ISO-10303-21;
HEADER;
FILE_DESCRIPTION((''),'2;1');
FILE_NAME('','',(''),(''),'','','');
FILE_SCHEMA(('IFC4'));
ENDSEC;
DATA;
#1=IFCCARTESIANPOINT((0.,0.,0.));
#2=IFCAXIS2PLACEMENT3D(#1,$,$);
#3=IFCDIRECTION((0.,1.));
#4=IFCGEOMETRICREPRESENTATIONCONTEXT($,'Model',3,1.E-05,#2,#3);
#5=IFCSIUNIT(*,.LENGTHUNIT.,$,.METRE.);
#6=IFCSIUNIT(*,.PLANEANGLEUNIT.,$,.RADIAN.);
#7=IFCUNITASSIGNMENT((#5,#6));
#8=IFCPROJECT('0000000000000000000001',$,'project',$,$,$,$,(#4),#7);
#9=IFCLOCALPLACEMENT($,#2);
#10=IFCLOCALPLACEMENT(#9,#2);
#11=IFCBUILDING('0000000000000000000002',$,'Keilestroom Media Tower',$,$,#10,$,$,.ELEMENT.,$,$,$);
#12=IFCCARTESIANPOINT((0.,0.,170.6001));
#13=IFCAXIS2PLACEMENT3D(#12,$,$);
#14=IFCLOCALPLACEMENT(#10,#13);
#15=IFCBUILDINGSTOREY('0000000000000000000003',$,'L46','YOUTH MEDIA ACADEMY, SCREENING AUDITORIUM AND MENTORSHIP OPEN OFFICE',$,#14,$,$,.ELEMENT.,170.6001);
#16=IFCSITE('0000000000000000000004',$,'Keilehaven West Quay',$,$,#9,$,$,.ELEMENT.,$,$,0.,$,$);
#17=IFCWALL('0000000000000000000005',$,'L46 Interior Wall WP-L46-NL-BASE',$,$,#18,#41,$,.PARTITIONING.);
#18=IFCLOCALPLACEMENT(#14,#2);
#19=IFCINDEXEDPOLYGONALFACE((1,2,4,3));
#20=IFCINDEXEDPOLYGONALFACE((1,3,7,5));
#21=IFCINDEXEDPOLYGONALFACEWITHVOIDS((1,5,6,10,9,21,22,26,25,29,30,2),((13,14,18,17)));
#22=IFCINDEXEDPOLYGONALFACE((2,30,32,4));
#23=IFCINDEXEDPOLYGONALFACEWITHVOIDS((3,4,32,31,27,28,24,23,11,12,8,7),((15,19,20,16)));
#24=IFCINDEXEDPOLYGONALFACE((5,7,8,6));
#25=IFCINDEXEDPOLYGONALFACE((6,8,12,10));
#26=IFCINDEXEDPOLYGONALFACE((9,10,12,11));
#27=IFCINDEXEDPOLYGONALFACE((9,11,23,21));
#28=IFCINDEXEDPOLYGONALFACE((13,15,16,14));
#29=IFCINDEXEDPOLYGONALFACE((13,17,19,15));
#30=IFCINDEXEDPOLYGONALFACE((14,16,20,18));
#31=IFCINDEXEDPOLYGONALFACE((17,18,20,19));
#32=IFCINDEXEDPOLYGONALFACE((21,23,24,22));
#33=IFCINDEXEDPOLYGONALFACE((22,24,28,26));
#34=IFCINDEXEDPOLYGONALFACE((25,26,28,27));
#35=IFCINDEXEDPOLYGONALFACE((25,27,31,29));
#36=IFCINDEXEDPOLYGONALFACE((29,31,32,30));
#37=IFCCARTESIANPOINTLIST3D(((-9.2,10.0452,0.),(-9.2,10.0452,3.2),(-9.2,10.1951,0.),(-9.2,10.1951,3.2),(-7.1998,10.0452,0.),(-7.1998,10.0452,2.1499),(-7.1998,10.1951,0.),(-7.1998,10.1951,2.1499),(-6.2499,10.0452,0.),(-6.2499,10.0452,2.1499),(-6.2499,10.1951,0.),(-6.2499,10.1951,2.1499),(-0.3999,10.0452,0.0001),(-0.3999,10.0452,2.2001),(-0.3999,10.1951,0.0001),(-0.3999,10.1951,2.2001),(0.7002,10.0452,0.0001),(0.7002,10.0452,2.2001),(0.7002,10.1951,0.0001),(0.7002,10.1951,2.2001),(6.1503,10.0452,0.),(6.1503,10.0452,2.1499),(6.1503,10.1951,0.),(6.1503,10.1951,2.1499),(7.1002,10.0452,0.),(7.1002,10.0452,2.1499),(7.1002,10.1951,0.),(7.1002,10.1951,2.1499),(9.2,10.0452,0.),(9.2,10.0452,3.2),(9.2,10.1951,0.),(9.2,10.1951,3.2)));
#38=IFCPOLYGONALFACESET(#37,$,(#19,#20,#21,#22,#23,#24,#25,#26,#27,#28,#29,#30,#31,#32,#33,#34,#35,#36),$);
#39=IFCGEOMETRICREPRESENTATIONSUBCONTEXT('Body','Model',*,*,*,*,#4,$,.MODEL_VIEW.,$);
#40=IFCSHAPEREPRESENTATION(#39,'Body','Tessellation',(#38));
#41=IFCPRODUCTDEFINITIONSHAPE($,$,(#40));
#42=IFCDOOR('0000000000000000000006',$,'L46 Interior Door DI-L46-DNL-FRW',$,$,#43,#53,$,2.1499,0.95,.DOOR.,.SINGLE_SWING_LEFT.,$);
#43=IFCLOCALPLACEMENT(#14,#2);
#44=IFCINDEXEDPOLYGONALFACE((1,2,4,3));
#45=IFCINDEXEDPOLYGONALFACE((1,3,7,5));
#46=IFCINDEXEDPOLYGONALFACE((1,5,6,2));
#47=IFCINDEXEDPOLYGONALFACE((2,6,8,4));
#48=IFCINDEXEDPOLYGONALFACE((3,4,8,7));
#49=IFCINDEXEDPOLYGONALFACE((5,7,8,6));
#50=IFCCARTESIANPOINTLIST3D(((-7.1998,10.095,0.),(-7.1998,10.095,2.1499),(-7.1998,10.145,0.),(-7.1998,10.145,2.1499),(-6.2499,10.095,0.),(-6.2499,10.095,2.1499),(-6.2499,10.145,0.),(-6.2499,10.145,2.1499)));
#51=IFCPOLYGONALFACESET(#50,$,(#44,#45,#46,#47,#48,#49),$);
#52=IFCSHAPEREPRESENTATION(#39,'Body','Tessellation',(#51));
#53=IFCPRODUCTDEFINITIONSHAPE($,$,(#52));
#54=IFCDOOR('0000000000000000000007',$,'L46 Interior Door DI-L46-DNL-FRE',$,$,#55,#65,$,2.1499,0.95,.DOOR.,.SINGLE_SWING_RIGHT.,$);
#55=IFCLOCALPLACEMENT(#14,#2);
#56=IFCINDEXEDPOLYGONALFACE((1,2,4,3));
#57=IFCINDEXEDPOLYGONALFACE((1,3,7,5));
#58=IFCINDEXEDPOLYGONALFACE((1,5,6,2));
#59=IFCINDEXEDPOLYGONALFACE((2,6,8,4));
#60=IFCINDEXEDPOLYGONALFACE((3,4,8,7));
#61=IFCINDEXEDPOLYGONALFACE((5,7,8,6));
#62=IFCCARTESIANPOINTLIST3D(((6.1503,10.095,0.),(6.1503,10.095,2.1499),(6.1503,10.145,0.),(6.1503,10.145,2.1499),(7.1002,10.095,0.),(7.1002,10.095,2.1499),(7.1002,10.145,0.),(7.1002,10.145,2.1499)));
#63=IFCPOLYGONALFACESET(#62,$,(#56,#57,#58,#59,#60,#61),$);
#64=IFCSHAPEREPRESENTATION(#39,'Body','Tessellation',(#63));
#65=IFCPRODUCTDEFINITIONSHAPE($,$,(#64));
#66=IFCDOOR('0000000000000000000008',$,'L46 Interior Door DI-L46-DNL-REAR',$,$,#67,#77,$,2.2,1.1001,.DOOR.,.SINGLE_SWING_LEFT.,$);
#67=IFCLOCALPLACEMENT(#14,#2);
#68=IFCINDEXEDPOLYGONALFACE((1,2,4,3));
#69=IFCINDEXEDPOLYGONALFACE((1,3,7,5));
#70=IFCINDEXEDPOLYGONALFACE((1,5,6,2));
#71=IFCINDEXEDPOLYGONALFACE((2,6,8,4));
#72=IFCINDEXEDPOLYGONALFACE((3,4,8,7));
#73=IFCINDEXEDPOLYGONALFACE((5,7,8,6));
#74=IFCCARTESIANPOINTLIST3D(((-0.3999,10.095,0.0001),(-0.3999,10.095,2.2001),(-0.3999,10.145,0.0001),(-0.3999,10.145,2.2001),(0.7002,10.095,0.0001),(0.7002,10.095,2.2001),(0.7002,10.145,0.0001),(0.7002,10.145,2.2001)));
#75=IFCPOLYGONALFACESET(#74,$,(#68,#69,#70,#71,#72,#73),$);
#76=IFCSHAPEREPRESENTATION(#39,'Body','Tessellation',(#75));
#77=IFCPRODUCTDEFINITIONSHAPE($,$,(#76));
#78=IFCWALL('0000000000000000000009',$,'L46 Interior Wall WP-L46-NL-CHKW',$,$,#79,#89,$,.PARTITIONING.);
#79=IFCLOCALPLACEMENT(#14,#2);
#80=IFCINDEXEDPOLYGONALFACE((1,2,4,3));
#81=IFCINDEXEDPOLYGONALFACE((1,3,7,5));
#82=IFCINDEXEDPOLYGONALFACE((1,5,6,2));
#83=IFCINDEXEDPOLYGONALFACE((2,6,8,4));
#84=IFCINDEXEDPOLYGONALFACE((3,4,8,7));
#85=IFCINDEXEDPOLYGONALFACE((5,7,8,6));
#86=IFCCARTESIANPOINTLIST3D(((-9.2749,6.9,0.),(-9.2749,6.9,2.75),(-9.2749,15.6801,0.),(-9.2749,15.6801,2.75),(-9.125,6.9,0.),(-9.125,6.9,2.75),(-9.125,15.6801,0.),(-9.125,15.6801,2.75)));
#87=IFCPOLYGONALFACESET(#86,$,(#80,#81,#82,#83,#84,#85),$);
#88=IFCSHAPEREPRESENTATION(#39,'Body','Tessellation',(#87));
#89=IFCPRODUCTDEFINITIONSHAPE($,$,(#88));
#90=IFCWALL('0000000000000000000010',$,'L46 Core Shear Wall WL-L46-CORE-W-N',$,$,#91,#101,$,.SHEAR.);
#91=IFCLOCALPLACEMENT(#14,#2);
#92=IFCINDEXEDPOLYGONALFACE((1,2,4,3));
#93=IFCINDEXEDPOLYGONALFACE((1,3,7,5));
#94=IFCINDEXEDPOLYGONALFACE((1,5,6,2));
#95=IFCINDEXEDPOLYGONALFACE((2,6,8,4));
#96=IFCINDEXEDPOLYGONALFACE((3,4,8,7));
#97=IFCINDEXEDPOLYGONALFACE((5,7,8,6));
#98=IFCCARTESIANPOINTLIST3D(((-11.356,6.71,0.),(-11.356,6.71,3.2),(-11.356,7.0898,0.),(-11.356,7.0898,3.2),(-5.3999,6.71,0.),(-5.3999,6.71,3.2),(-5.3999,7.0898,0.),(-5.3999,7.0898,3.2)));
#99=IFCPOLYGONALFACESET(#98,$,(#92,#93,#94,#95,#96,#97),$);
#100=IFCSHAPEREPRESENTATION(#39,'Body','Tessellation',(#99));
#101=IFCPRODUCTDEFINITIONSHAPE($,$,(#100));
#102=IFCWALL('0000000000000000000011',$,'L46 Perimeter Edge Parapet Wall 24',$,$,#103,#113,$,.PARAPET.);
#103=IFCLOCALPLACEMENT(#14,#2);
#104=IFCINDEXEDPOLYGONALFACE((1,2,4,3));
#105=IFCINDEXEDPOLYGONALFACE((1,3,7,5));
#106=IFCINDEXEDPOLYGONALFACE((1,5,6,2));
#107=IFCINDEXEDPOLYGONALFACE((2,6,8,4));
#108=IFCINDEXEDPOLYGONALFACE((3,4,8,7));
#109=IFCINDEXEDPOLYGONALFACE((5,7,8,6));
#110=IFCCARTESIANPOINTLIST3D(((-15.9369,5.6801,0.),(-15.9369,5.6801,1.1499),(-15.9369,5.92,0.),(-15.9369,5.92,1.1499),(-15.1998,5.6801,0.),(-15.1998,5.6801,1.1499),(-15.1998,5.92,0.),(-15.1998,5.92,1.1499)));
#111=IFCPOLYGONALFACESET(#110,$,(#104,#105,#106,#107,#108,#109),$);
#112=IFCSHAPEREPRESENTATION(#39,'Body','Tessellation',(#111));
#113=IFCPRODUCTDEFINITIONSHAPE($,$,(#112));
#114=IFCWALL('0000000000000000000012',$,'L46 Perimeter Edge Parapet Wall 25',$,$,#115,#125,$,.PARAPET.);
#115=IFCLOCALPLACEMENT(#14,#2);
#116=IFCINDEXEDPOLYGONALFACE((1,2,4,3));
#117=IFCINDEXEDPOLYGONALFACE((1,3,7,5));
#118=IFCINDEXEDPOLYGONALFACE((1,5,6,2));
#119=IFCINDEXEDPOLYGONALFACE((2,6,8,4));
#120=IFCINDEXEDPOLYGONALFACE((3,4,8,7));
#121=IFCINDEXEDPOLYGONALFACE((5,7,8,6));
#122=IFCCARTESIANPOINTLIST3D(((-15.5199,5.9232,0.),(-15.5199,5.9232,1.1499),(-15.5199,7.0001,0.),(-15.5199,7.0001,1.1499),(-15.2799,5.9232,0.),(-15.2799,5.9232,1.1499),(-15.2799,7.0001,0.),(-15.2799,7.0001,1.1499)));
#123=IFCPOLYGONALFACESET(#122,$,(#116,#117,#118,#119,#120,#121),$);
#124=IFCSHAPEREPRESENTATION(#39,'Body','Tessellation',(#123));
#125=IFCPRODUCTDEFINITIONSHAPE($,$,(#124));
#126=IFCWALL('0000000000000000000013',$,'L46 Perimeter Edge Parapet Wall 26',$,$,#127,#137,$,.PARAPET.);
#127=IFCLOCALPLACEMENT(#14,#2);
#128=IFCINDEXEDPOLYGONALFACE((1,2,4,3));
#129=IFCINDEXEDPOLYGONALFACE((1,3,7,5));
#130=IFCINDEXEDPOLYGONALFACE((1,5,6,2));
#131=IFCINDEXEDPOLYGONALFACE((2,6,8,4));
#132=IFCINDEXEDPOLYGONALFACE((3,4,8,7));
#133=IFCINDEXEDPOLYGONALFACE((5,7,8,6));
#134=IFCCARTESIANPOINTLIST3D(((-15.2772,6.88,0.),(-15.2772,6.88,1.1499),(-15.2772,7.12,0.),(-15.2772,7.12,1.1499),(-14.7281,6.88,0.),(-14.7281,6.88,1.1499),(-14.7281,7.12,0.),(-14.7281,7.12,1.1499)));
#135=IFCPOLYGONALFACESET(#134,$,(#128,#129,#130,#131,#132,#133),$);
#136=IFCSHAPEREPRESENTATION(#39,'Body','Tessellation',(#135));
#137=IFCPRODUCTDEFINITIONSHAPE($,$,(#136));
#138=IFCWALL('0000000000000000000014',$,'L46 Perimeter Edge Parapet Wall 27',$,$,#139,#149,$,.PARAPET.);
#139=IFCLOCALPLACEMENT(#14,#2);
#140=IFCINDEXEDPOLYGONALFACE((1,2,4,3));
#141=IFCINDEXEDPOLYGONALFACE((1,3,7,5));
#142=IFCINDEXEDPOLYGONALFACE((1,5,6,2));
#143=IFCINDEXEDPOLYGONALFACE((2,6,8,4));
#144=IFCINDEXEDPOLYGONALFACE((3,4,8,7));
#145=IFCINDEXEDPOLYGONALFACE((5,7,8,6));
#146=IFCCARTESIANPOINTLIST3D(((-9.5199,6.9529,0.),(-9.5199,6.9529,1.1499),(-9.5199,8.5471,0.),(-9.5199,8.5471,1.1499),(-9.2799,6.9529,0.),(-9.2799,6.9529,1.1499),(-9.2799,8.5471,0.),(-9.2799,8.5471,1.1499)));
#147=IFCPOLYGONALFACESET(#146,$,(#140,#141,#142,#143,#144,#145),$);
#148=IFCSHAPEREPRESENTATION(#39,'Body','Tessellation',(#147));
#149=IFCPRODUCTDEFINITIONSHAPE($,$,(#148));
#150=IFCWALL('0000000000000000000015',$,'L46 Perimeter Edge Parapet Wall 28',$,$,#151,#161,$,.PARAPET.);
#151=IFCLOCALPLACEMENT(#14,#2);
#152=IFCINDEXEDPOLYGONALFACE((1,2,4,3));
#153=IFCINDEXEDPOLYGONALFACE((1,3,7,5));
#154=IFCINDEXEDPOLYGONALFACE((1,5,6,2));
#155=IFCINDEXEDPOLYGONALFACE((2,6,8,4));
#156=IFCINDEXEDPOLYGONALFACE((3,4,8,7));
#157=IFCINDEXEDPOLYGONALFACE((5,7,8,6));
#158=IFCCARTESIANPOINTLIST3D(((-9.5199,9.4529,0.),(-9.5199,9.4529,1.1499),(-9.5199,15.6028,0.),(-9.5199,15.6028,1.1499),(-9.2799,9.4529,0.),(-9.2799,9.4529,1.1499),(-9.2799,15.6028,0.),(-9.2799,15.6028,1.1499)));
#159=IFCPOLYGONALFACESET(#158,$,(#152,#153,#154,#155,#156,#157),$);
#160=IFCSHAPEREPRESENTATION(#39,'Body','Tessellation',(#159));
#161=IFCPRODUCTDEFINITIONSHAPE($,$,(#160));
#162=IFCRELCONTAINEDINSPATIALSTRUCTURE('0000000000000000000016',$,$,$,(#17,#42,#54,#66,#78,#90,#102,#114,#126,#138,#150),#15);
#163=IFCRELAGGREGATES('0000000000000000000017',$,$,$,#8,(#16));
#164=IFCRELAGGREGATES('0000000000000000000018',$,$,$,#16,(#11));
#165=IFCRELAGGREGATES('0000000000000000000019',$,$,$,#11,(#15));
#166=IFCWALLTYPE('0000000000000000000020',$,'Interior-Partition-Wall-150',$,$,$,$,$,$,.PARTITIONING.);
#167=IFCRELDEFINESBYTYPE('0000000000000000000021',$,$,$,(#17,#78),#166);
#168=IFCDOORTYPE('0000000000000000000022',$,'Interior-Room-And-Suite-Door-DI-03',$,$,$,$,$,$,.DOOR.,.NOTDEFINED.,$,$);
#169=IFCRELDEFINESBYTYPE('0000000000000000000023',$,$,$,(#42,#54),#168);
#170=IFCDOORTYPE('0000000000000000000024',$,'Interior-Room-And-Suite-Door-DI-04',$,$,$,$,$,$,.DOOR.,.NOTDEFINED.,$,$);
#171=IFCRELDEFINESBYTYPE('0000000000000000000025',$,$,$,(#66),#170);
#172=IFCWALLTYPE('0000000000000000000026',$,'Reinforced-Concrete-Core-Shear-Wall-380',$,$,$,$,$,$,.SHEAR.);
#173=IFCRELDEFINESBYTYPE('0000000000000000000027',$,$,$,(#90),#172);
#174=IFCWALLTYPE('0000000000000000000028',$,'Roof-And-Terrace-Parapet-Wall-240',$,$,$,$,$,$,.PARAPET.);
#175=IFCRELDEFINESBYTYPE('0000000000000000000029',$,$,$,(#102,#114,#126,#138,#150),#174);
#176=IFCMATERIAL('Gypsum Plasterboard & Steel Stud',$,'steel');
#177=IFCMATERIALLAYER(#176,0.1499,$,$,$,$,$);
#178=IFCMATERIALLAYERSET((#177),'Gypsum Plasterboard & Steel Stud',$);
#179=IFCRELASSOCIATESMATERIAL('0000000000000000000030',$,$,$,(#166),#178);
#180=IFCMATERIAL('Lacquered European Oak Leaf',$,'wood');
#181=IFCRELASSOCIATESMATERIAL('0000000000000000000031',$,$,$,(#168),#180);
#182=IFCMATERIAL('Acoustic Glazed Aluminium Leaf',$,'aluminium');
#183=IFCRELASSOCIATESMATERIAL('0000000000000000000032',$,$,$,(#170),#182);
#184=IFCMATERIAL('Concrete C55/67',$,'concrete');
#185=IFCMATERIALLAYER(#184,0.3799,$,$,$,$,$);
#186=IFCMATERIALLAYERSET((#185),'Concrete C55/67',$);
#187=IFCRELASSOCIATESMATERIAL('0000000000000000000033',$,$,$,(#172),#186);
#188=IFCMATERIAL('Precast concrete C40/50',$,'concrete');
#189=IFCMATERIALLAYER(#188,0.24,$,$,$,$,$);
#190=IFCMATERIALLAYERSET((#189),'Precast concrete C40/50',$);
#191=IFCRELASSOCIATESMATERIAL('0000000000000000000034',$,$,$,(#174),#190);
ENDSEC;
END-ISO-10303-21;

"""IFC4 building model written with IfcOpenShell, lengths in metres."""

from ifc_helpers import new_model, si_unit, direction, frame, frame_2d, origin, place, context, subcontext, project, spatial, rectangle, extrude, source, transform, mapped, material, layer, layer_set, type_object, element, fill, save


model = new_model("IFC4")

# Units and contexts
model_context = context("Model", 3, precision=1e-05, world=origin(), true_north=direction((0.0, 1.0)))
body_context = subcontext(model_context, "Body", "Model", "MODEL_VIEW")
ifc_project = project(units=[si_unit("LENGTHUNIT", "METRE"), si_unit("PLANEANGLEUNIT", "RADIAN")], contexts=[model_context])

# Site, building, storey
site_placement = place(None, origin())
site = spatial("IfcSite", under=ifc_project, at=site_placement, Name="Keilehaven West Quay", CompositionType="ELEMENT", RefElevation=0.0)
building_placement = place(site_placement, origin())
building = spatial("IfcBuilding", under=site, at=building_placement, Name="Keilestroom Media Tower", CompositionType="ELEMENT")
storey_placement = place(building_placement, frame((0.0, 0.0, 170.6001)))
storey = spatial("IfcBuildingStorey", under=building, at=storey_placement, Name="L46", Description="YOUTH MEDIA ACADEMY, SCREENING AUDITORIUM AND MENTORSHIP OPEN OFFICE", CompositionType="ELEMENT", Elevation=170.6001)

# Shared definitions
ifc_material_1 = material(Name="Precast concrete C40/50", Category="concrete")
ifc_material_2 = material(Name="Concrete C55/67", Category="concrete")

# Shared definitions
ifc_material_3 = material(Name="Gypsum Plasterboard & Steel Stud", Category="steel")

# Wall, openings, doors
ifc_layer_1 = layer(ifc_material_3, 0.1499)
ifc_layer_set_1 = layer_set([ifc_layer_1], Name="Gypsum Plasterboard & Steel Stud")
wall_type_1 = type_object("IfcWallType", Name="Interior-Partition-Wall-150", PredefinedType="PARTITIONING", material=ifc_layer_set_1)
wall_1_placement = place(storey_placement, frame((-9.2, 10.1201, 0.0), z_axis=(0.0, 0.0, 1.0), x_axis=(1.0, 0.0, 0.0)))
wall_1 = element("IfcWall", 1, at=wall_1_placement, inside=storey, type_object=wall_type_1, Name="L46 Interior Wall WP-L46-NL-BASE", PredefinedType="PARTITIONING", context=body_context, shape_type="SweptSolid", body=[
    extrude(rectangle(XDim=18.3999, YDim=0.1499, at=frame_2d((9.2, 0.0))), origin(), (0.0, 0.0, 1.0), 3.2),
])
opening_1_placement = place(wall_1_placement, frame((2.0, 0.0, 0.0)))
opening_1 = element("IfcOpeningElement", 2, at=opening_1_placement, cuts=wall_1, PredefinedType="OPENING", context=body_context, shape_type="SweptSolid", body=[
    extrude(rectangle(XDim=0.95, YDim=2.1499, at=frame_2d((0.4751, 1.075))), frame((0.0, 0.085, 0.0), z_axis=(0.0, -1.0, 0.0), x_axis=(1.0, 0.0, 0.0)), (0.0, 0.0, 1.0), 0.1699),
])
opening_2_placement = place(wall_1_placement, frame((15.3501, 0.0, 0.0)))
opening_2 = element("IfcOpeningElement", 3, at=opening_2_placement, cuts=wall_1, PredefinedType="OPENING", context=body_context, shape_type="SweptSolid", body=[
    extrude(rectangle(XDim=0.95, YDim=2.1499, at=frame_2d((0.4751, 1.075))), frame((0.0, 0.085, 0.0), z_axis=(0.0, -1.0, 0.0), x_axis=(1.0, 0.0, 0.0)), (0.0, 0.0, 1.0), 0.1699),
])
opening_3_placement = place(wall_1_placement, frame((8.8, 0.0, 0.0)))
opening_3 = element("IfcOpeningElement", 4, at=opening_3_placement, cuts=wall_1, PredefinedType="OPENING", context=body_context, shape_type="SweptSolid", body=[
    extrude(rectangle(XDim=1.1001, YDim=2.2, at=frame_2d((0.55, 1.1001))), frame((0.0, 0.085, 0.0), z_axis=(0.0, -1.0, 0.0), x_axis=(1.0, 0.0, 0.0)), (0.0, 0.0, 1.0), 0.1699),
])
ifc_material_4 = material(Name="Lacquered European Oak Leaf", Category="wood")
door_type_1 = type_object("IfcDoorType", Name="Interior-Room-And-Suite-Door-DI-03", OperationType="NOTDEFINED", PredefinedType="DOOR", material=ifc_material_4)
shared_shape_1 = source(origin(), body_context, "Body", "SweptSolid", [
    extrude(rectangle(XDim=0.95, YDim=2.1499, at=frame_2d((0.4751, 1.075))), frame((0.0, 0.0249, 0.0), z_axis=(0.0, -1.0, 0.0), x_axis=(1.0, 0.0, 0.0)), (0.0, 0.0, 1.0), 0.05),
])
door_1_placement = place(opening_1_placement, origin())
door_1 = element("IfcDoor", 5, at=door_1_placement, inside=storey, type_object=door_type_1, Name="L46 Interior Door DI-L46-DNL-FRW", OperationType="SINGLE_SWING_LEFT", OverallHeight=2.1499, OverallWidth=0.95, PredefinedType="DOOR", context=body_context, shape_type="MappedRepresentation", body=[
    mapped(shared_shape_1, transform((0.0, 0.0, 0.0), x_axis=(1.0, 0.0, 0.0), y_axis=(0.0, 1.0, 0.0), z_axis=(0.0, 0.0, 1.0), scale=1.0)),
])
fill(opening_1, door_1)
door_2_placement = place(opening_2_placement, origin())
door_2 = element("IfcDoor", 6, at=door_2_placement, inside=storey, type_object=door_type_1, Name="L46 Interior Door DI-L46-DNL-FRE", OperationType="SINGLE_SWING_RIGHT", OverallHeight=2.1499, OverallWidth=0.95, PredefinedType="DOOR", context=body_context, shape_type="MappedRepresentation", body=[
    mapped(shared_shape_1, transform((0.0, 0.0, 0.0), x_axis=(1.0, 0.0, 0.0), y_axis=(0.0, 1.0, 0.0), z_axis=(0.0, 0.0, 1.0), scale=1.0)),
])
fill(opening_2, door_2)
ifc_material_5 = material(Name="Acoustic Glazed Aluminium Leaf", Category="aluminium")
door_type_2 = type_object("IfcDoorType", Name="Interior-Room-And-Suite-Door-DI-04", OperationType="NOTDEFINED", PredefinedType="DOOR", material=ifc_material_5)
shared_shape_2 = source(origin(), body_context, "Body", "SweptSolid", [
    extrude(rectangle(XDim=1.1001, YDim=2.2, at=frame_2d((0.55, 1.1001))), frame((0.0, 0.0249, 0.0), z_axis=(0.0, -1.0, 0.0), x_axis=(1.0, 0.0, 0.0)), (0.0, 0.0, 1.0), 0.05),
])
door_3_placement = place(opening_3_placement, origin())
door_3 = element("IfcDoor", 7, at=door_3_placement, inside=storey, type_object=door_type_2, Name="L46 Interior Door DI-L46-DNL-REAR", OperationType="SINGLE_SWING_LEFT", OverallHeight=2.2, OverallWidth=1.1001, PredefinedType="DOOR", context=body_context, shape_type="MappedRepresentation", body=[
    mapped(shared_shape_2, transform((0.0, 0.0, 0.0), x_axis=(1.0, 0.0, 0.0), y_axis=(0.0, 1.0, 0.0), z_axis=(0.0, 0.0, 1.0), scale=1.0)),
])
fill(opening_3, door_3)

# Walls
wall_2_placement = place(storey_placement, frame((-9.2, 6.8999, 0.0), z_axis=(0.0, 0.0, 1.0), x_axis=(0.0, 1.0, 0.0)))
element("IfcWall", 8, at=wall_2_placement, inside=storey, type_object=wall_type_1, Name="L46 Interior Wall WP-L46-NL-CHKW", PredefinedType="PARTITIONING", context=body_context, shape_type="SweptSolid", body=[
    extrude(rectangle(XDim=8.78, YDim=0.1499, at=frame_2d((4.3901, 0.0))), origin(), (0.0, 0.0, 1.0), 2.75),
])
ifc_layer_2 = layer(ifc_material_2, 0.3799)
ifc_layer_set_2 = layer_set([ifc_layer_2], Name="Concrete C55/67")
wall_type_2 = type_object("IfcWallType", Name="Reinforced-Concrete-Core-Shear-Wall-380", PredefinedType="SHEAR", material=ifc_layer_set_2)
wall_3_placement = place(storey_placement, frame((-11.356, 6.8999, 0.0), z_axis=(0.0, 0.0, 1.0), x_axis=(1.0, 0.0, 0.0)))
element("IfcWall", 9, at=wall_3_placement, inside=storey, type_object=wall_type_2, Name="L46 Core Shear Wall WL-L46-CORE-W-N", PredefinedType="SHEAR", context=body_context, shape_type="SweptSolid", body=[
    extrude(rectangle(XDim=5.9561, YDim=0.3799, at=frame_2d((2.978, 0.0))), origin(), (0.0, 0.0, 1.0), 3.2),
])
ifc_layer_3 = layer(ifc_material_1, 0.24)
ifc_layer_set_3 = layer_set([ifc_layer_3], Name="Precast concrete C40/50")
wall_type_3 = type_object("IfcWallType", Name="Roof-And-Terrace-Parapet-Wall-240", PredefinedType="PARAPET", material=ifc_layer_set_3)
wall_4_placement = place(storey_placement, frame((-15.937, 5.8, 0.0), z_axis=(0.0, 0.0, 1.0), x_axis=(1.0, 0.0, 0.0)))
element("IfcWall", 10, at=wall_4_placement, inside=storey, type_object=wall_type_3, Name="L46 Perimeter Edge Parapet Wall 24", PredefinedType="PARAPET", context=body_context, shape_type="SweptSolid", body=[
    extrude(rectangle(XDim=0.7371, YDim=0.24, at=frame_2d((0.3687, 0.0))), origin(), (0.0, 0.0, 1.0), 1.1499),
])
wall_5_placement = place(storey_placement, frame((-15.3999, 5.9231, 0.0), z_axis=(0.0, 0.0, 1.0), x_axis=(0.0, 1.0, 0.0)))
element("IfcWall", 11, at=wall_5_placement, inside=storey, type_object=wall_type_3, Name="L46 Perimeter Edge Parapet Wall 25", PredefinedType="PARAPET", context=body_context, shape_type="SweptSolid", body=[
    extrude(rectangle(XDim=1.0769, YDim=0.24, at=frame_2d((0.5386, 0.0))), origin(), (0.0, 0.0, 1.0), 1.1499),
])
wall_6_placement = place(storey_placement, frame((-15.2771, 7.0, 0.0), z_axis=(0.0, 0.0, 1.0), x_axis=(1.0, 0.0, 0.0)))
element("IfcWall", 12, at=wall_6_placement, inside=storey, type_object=wall_type_3, Name="L46 Perimeter Edge Parapet Wall 26", PredefinedType="PARAPET", context=body_context, shape_type="SweptSolid", body=[
    extrude(rectangle(XDim=0.5491, YDim=0.24, at=frame_2d((0.2744, 0.0))), origin(), (0.0, 0.0, 1.0), 1.1499),
])
wall_7_placement = place(storey_placement, frame((-9.3999, 6.9529, 0.0), z_axis=(0.0, 0.0, 1.0), x_axis=(0.0, 1.0, 0.0)))
element("IfcWall", 13, at=wall_7_placement, inside=storey, type_object=wall_type_3, Name="L46 Perimeter Edge Parapet Wall 27", PredefinedType="PARAPET", context=body_context, shape_type="SweptSolid", body=[
    extrude(rectangle(XDim=1.5942, YDim=0.24, at=frame_2d((0.7971, 0.0))), origin(), (0.0, 0.0, 1.0), 1.1499),
])
wall_8_placement = place(storey_placement, frame((-9.3999, 9.4529, 0.0), z_axis=(0.0, 0.0, 1.0), x_axis=(0.0, 1.0, 0.0)))
element("IfcWall", 14, at=wall_8_placement, inside=storey, type_object=wall_type_3, Name="L46 Perimeter Edge Parapet Wall 28", PredefinedType="PARAPET", context=body_context, shape_type="SweptSolid", body=[
    extrude(rectangle(XDim=6.1499, YDim=0.24, at=frame_2d((3.075, 0.0))), origin(), (0.0, 0.0, 1.0), 1.1499),
])

save(model, "model.ifc")
